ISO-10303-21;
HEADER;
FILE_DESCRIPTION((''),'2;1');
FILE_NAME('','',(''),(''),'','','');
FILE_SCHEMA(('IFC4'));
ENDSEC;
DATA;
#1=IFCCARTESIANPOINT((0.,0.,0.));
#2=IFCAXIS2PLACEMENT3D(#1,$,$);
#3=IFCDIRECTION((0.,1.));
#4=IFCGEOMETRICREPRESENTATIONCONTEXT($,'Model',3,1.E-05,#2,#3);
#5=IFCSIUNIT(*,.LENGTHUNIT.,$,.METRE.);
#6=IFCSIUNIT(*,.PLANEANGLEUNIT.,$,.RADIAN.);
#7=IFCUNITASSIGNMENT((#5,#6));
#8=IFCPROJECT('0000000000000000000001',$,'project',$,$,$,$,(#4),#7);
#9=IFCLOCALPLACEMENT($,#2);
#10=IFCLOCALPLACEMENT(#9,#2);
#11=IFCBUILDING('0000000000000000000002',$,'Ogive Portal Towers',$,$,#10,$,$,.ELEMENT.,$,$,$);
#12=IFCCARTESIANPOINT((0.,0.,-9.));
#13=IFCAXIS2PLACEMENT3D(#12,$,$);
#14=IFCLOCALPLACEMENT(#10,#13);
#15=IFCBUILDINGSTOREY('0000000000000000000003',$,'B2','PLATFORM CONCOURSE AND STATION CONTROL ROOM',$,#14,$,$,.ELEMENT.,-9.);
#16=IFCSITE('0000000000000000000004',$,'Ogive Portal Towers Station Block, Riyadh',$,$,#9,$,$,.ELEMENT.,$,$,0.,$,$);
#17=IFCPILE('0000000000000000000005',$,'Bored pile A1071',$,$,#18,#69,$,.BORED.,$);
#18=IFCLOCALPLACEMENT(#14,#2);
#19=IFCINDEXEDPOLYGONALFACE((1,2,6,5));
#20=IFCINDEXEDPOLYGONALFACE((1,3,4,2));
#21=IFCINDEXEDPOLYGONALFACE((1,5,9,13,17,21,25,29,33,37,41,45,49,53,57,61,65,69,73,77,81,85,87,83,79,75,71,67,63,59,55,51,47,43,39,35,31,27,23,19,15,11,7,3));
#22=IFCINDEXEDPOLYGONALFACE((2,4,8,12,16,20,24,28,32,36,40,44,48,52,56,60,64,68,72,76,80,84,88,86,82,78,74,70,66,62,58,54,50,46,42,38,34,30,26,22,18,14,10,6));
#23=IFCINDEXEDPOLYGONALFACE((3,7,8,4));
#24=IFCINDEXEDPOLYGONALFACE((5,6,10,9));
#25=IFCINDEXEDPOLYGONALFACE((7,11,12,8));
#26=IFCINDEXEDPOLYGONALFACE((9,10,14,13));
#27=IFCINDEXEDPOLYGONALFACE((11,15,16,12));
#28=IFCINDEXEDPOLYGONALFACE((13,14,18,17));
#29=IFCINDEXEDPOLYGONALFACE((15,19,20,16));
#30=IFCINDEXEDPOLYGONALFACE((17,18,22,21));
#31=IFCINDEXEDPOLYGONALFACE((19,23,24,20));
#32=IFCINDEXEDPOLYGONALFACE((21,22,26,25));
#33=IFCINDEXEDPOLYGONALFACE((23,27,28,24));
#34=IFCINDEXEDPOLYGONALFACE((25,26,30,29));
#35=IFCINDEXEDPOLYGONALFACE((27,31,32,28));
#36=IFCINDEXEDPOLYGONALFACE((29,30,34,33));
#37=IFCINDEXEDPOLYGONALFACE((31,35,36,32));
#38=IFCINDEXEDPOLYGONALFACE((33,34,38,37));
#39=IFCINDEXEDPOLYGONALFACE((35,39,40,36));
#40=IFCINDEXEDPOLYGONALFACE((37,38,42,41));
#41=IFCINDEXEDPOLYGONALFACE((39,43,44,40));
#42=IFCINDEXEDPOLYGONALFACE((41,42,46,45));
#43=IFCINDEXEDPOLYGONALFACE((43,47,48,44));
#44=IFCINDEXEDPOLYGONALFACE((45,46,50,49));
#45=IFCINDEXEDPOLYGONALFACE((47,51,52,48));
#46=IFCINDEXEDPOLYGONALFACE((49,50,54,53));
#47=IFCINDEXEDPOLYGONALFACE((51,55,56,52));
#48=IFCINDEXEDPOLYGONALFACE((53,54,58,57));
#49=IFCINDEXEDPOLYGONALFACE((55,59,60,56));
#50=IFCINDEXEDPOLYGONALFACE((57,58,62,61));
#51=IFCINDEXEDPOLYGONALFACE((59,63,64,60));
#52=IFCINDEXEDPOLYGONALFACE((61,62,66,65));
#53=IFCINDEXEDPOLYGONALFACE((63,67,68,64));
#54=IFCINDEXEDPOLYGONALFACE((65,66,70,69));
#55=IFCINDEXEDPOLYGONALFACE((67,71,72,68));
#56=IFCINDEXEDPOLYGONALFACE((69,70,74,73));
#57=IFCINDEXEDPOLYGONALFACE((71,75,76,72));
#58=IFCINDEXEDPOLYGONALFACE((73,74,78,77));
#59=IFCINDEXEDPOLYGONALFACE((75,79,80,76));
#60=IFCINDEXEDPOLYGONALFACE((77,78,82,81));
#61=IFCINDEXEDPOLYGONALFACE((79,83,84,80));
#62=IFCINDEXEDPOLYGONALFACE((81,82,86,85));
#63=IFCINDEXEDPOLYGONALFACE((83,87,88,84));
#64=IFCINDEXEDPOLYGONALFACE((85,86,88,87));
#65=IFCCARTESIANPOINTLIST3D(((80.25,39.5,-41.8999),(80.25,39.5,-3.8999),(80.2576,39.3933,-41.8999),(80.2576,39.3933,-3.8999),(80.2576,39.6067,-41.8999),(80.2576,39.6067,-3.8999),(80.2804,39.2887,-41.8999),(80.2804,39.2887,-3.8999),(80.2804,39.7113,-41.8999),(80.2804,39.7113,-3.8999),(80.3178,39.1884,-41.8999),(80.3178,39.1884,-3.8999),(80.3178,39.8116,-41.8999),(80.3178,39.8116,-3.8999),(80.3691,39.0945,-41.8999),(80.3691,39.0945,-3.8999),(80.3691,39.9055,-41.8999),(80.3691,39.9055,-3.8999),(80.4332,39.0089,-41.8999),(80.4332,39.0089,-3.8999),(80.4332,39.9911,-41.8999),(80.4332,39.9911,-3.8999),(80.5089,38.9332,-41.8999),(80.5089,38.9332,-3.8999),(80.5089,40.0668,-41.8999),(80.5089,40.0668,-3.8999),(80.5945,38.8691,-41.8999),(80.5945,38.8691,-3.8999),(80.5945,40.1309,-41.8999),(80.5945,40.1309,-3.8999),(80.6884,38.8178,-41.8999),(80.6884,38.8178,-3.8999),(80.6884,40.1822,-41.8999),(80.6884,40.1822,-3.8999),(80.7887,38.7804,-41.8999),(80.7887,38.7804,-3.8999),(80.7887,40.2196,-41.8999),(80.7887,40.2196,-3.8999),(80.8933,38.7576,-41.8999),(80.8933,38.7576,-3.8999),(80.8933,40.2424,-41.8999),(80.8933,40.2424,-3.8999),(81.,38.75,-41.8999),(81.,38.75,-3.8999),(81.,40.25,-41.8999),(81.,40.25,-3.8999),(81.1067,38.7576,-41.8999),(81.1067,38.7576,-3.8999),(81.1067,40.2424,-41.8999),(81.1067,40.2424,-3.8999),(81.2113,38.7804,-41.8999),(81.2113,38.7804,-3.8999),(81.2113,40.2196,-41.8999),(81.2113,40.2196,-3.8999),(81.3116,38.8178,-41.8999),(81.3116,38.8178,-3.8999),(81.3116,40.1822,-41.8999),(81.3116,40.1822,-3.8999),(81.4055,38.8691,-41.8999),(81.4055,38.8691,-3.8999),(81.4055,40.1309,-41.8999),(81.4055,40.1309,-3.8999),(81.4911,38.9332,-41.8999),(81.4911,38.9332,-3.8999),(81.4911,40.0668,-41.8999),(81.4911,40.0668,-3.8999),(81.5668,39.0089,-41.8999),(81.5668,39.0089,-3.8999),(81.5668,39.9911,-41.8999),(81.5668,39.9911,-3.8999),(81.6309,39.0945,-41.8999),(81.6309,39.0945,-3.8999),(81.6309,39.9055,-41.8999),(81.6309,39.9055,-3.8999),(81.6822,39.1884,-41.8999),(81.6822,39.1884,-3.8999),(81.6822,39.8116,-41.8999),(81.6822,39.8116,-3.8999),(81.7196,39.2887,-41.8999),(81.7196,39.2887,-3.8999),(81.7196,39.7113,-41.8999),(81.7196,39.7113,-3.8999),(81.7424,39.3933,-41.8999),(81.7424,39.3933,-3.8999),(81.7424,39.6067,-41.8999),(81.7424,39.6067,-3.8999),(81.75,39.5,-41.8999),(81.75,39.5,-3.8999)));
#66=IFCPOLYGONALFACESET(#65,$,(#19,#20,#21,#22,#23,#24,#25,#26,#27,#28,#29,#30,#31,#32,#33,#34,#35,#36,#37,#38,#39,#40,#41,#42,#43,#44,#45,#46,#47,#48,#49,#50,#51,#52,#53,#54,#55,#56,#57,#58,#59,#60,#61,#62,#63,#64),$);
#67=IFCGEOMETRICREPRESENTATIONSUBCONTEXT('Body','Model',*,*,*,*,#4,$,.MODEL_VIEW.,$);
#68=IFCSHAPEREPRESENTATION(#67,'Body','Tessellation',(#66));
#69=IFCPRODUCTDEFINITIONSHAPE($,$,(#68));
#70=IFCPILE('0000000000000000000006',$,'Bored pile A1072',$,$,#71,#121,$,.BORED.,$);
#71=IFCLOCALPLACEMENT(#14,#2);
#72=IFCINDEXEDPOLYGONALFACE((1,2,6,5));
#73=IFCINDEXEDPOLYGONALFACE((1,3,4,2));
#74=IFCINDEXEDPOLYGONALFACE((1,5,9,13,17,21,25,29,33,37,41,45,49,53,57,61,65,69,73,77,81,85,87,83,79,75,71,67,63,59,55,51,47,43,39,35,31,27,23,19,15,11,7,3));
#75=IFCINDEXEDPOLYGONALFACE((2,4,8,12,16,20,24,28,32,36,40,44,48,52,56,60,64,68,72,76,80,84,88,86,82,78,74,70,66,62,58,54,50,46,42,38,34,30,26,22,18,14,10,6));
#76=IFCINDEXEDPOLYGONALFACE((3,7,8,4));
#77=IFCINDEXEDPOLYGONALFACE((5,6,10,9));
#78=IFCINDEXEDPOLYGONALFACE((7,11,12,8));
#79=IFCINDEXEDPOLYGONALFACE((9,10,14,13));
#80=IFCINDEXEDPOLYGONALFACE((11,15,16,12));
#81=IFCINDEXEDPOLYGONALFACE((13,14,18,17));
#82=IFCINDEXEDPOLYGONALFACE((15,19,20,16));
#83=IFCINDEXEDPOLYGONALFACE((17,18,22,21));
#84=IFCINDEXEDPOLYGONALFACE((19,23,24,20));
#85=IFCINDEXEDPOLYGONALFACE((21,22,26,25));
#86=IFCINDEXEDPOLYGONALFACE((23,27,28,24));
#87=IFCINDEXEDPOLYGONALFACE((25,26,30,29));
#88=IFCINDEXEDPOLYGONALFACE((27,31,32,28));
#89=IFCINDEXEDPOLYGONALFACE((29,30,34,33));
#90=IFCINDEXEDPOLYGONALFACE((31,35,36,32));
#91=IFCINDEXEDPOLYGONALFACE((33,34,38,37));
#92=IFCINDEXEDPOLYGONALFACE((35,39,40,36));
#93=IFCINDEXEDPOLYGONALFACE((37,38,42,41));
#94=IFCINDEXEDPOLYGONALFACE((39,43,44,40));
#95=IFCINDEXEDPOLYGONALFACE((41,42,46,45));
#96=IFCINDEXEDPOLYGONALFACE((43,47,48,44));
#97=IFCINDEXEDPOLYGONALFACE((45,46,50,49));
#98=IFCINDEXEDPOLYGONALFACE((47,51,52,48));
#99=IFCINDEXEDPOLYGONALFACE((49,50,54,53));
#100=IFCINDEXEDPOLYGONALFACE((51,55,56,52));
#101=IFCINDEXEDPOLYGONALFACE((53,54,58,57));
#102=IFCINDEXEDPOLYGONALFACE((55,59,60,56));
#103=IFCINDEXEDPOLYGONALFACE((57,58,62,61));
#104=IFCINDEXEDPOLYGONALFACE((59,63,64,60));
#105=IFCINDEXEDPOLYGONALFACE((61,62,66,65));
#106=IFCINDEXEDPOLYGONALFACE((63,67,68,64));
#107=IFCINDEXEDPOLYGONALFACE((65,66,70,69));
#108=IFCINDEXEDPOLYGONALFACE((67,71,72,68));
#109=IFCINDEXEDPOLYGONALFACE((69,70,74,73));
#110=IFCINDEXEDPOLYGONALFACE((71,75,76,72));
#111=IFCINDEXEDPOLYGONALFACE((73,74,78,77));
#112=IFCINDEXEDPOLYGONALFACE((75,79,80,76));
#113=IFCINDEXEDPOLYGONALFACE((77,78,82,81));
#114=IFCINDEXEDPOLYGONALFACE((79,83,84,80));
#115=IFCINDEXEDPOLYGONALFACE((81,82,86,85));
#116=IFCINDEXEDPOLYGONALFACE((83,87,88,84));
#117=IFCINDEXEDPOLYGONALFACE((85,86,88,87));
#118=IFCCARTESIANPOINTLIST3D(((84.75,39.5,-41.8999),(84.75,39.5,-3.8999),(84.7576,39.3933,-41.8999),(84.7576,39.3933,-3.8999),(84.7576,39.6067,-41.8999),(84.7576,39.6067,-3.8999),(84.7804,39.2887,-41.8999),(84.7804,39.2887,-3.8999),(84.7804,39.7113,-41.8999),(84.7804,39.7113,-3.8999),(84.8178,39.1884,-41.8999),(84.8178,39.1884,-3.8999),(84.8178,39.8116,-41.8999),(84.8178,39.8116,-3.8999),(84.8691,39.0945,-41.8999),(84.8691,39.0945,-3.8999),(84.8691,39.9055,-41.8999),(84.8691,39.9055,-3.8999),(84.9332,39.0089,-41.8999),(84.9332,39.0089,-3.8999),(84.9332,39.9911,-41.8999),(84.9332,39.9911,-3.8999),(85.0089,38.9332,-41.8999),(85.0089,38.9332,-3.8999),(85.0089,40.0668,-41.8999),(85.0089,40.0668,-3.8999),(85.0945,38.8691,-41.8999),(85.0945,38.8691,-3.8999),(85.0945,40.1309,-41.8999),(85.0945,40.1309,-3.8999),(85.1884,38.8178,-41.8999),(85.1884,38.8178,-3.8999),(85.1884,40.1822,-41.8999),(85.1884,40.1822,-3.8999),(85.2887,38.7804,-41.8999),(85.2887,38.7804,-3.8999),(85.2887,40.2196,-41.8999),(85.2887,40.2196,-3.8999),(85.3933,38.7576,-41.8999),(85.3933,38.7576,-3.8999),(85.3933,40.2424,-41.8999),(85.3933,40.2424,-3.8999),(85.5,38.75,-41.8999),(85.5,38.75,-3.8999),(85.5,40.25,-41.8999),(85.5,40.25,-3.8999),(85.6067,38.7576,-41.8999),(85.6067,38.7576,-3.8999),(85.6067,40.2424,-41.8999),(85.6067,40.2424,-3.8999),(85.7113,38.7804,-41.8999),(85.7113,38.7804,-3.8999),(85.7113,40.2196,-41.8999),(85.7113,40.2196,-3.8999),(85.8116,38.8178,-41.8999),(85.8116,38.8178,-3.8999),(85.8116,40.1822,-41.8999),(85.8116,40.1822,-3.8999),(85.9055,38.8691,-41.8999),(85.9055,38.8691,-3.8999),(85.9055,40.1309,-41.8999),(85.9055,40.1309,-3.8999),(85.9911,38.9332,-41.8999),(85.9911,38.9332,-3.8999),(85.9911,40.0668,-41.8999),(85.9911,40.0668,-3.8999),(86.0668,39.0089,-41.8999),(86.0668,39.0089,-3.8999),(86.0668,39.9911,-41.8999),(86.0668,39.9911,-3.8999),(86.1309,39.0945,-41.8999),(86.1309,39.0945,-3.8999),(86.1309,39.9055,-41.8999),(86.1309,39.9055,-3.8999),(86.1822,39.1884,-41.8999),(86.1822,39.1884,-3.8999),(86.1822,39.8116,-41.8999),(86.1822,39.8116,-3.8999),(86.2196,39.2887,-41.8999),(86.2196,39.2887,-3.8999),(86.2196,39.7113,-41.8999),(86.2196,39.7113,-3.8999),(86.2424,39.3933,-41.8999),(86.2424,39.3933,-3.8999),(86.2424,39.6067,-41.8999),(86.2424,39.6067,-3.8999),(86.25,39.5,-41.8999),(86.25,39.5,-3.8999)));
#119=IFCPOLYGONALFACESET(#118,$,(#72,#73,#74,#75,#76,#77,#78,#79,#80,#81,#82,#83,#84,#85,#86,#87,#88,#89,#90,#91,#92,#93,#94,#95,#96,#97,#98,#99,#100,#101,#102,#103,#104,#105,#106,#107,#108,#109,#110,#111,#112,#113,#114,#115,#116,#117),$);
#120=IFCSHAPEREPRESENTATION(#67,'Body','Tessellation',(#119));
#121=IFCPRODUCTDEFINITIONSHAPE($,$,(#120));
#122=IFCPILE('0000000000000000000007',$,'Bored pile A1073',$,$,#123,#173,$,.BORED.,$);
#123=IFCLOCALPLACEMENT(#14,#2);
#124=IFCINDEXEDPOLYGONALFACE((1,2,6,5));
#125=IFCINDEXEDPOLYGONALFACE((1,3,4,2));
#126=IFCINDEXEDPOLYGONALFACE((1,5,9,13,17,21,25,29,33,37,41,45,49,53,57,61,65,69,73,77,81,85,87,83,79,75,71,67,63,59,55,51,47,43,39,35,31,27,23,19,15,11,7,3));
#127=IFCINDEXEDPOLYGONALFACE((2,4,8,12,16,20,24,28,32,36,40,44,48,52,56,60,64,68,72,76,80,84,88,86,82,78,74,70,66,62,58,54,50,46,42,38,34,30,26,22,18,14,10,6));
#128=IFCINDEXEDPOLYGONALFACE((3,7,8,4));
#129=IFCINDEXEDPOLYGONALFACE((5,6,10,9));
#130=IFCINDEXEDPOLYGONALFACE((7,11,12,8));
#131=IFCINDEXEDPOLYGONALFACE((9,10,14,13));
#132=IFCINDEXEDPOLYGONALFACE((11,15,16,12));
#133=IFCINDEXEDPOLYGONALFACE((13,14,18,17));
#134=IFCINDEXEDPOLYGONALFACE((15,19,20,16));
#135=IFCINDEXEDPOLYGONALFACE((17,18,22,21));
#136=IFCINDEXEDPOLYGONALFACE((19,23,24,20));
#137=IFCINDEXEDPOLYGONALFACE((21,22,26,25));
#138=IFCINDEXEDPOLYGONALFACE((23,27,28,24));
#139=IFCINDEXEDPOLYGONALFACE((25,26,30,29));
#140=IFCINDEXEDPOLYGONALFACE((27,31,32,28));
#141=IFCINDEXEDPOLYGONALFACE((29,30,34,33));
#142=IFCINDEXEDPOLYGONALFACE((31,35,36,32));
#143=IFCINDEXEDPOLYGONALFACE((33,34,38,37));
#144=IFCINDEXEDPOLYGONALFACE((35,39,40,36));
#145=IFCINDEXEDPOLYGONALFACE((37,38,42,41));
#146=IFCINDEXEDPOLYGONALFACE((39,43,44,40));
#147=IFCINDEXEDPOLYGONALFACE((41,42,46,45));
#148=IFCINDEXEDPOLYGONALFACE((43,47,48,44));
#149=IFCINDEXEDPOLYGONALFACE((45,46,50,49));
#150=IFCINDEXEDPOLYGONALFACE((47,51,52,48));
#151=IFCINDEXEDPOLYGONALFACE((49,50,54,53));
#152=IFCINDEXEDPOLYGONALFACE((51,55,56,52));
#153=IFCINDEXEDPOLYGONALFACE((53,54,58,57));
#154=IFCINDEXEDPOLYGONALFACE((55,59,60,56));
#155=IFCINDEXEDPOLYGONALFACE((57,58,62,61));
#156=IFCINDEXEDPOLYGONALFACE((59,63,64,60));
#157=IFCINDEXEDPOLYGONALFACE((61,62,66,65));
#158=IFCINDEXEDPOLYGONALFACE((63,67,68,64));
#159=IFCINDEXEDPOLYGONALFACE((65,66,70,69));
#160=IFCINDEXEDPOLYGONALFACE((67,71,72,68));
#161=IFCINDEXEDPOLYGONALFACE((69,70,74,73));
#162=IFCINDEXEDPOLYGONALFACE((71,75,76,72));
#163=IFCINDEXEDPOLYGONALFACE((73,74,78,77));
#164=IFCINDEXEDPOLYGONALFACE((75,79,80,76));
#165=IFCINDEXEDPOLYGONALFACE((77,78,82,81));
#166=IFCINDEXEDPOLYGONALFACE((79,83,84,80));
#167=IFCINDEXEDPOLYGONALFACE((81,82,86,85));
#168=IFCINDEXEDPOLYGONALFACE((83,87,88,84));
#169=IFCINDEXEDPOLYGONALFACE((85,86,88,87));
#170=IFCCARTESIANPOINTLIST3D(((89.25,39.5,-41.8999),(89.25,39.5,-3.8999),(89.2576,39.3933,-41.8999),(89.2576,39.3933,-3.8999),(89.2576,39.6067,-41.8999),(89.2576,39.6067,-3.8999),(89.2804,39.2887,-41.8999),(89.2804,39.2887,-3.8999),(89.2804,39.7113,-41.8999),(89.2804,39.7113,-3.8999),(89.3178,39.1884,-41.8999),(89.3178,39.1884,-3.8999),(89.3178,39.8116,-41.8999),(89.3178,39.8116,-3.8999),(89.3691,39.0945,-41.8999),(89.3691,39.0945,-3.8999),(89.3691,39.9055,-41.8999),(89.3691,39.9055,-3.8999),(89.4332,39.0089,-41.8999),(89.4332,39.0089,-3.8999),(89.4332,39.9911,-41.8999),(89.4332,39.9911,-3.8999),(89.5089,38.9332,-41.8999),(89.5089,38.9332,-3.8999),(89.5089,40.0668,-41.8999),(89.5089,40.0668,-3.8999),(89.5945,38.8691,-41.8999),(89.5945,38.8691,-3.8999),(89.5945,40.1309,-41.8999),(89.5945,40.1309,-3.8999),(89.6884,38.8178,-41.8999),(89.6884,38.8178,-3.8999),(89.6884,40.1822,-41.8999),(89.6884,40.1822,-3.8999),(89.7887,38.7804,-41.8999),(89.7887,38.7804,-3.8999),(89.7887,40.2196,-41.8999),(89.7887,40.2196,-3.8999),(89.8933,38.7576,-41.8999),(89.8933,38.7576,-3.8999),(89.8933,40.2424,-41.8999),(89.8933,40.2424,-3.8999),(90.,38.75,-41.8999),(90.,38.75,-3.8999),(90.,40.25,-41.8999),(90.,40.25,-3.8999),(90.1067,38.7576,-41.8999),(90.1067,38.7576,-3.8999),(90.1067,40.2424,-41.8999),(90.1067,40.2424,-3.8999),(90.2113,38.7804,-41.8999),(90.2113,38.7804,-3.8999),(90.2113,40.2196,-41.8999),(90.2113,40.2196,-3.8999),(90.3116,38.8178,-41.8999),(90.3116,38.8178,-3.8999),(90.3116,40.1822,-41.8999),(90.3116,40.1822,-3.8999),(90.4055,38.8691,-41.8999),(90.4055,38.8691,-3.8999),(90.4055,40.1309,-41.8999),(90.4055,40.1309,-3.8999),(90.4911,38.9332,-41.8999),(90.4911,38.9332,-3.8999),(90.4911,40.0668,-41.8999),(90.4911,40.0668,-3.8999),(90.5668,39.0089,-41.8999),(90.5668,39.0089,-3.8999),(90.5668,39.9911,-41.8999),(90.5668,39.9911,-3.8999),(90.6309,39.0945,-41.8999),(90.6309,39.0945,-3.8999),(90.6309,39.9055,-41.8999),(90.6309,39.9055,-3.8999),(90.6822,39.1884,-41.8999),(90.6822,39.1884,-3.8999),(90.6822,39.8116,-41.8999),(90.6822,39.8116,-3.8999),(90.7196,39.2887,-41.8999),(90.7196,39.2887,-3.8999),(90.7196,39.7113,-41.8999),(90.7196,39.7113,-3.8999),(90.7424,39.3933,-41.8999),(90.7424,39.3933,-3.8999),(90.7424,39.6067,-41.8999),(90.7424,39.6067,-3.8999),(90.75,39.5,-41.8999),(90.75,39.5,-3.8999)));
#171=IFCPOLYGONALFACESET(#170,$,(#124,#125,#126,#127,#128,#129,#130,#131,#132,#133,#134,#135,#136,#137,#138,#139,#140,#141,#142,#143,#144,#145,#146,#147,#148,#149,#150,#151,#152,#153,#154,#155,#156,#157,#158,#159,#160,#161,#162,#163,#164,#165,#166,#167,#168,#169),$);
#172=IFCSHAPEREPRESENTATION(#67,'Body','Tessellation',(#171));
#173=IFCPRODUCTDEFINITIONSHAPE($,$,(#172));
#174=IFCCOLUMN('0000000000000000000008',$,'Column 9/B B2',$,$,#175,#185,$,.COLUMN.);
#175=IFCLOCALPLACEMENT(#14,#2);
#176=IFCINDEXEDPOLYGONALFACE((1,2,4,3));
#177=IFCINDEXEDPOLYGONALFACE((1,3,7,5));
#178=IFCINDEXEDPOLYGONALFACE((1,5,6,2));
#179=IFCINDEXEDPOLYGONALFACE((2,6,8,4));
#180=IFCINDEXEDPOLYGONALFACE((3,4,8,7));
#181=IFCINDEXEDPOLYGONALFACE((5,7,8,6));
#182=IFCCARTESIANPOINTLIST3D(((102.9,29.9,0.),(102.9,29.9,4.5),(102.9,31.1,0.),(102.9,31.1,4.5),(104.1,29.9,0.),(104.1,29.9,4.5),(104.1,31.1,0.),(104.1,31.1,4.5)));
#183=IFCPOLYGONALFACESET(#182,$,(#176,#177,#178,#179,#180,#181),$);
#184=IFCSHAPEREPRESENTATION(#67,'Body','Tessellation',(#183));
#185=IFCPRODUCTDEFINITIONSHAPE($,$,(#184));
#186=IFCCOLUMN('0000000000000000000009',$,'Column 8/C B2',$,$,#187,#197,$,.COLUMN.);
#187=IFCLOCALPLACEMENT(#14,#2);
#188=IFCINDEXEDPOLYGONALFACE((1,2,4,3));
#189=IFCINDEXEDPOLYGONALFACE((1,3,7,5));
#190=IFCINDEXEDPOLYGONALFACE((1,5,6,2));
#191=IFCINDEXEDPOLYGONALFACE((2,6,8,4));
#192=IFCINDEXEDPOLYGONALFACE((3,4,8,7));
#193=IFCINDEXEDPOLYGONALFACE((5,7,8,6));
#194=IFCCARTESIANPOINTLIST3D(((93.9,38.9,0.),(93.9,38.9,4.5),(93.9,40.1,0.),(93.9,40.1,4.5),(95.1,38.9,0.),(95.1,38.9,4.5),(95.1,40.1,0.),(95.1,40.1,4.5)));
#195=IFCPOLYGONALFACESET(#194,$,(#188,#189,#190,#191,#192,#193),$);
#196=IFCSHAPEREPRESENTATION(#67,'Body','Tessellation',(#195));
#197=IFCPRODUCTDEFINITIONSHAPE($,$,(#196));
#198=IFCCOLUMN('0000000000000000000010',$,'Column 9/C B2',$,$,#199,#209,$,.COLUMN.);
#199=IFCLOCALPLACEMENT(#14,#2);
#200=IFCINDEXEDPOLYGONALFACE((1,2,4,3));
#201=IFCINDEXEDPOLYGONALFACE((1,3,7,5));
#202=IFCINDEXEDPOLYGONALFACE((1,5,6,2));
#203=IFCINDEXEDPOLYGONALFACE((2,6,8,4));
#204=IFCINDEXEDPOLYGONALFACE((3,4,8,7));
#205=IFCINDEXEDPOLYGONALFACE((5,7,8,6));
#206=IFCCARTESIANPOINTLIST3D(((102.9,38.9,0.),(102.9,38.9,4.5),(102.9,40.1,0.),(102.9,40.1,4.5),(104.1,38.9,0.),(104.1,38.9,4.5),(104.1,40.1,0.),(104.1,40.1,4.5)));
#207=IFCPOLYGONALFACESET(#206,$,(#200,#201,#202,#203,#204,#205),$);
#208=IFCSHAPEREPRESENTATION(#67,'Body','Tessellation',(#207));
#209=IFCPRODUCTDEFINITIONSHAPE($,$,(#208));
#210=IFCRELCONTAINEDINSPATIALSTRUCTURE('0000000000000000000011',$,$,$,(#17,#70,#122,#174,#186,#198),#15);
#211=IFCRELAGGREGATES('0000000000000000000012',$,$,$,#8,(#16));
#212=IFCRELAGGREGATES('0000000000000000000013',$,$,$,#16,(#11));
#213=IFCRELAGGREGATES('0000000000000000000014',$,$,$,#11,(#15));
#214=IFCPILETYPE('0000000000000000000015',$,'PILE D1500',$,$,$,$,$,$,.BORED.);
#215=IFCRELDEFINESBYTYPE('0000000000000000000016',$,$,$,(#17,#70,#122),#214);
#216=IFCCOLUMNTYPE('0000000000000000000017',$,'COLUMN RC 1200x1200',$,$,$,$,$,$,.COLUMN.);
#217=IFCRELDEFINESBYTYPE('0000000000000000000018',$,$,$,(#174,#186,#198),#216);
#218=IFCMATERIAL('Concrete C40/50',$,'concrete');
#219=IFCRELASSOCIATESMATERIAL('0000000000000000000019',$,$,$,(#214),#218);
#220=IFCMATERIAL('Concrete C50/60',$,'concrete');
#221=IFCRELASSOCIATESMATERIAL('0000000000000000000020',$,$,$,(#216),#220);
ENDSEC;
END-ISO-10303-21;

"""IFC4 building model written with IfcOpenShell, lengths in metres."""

from ifc_helpers import new_model, si_unit, direction, frame, origin, origin_2d, place, context, subcontext, project, spatial, rectangle, circle, extrude, material, material_profile, profile_set, type_object, element, save


model = new_model("IFC4")

# Units and contexts
model_context = context("Model", 3, precision=1e-05, world=origin(), true_north=direction((0.0, 1.0)))
body_context = subcontext(model_context, "Body", "Model", "MODEL_VIEW")
ifc_project = project(units=[si_unit("LENGTHUNIT", "METRE"), si_unit("PLANEANGLEUNIT", "RADIAN")], contexts=[model_context])

# Site, building, storey
site_placement = place(None, origin())
site = spatial("IfcSite", under=ifc_project, at=site_placement, Name="Ogive Portal Towers Station Block, Riyadh", CompositionType="ELEMENT", RefElevation=0.0)
building_placement = place(site_placement, origin())
building = spatial("IfcBuilding", under=site, at=building_placement, Name="Ogive Portal Towers", CompositionType="ELEMENT")
storey_placement = place(building_placement, frame((0.0, 0.0, -9.0)))
storey = spatial("IfcBuildingStorey", under=building, at=storey_placement, Name="B2", Description="PLATFORM CONCOURSE AND STATION CONTROL ROOM", CompositionType="ELEMENT", Elevation=-9.0)

# Piles
ifc_material_1 = material(Name="Concrete C40/50", Category="concrete")
ifc_material_profile_1 = material_profile(ifc_material_1, circle(Radius=0.75, at=origin_2d()), Name="PILE D1500")
ifc_profile_set_1 = profile_set([ifc_material_profile_1], Name="Concrete C40/50")
pile_type = type_object("IfcPileType", Name="PILE D1500", PredefinedType="BORED", material=ifc_profile_set_1)
for number, where, z_axis, x_axis, name in (
    (1, (81.0, 39.5, -3.8999), (0.0, 0.0, -1.0), (1.0, 0.0, 0.0), "Bored pile A1071"),
    (2, (85.5, 39.5, -3.8999), (0.0, 0.0, -1.0), (1.0, 0.0, 0.0), "Bored pile A1072"),
    (3, (90.0, 39.5, -3.8999), (0.0, 0.0, -1.0), (1.0, 0.0, 0.0), "Bored pile A1073"),
):
    element("IfcPile", number, at=place(storey_placement, frame(where, z_axis=z_axis, x_axis=x_axis)), inside=storey, type_object=pile_type, Name=name, PredefinedType="BORED", context=body_context, shape_type="SweptSolid", body=[
        extrude(circle(Radius=0.75, at=origin_2d()), origin(), (0.0, 0.0, 1.0), 38.0),
    ])

# Columns
ifc_material_2 = material(Name="Concrete C50/60", Category="concrete")
ifc_material_profile_2 = material_profile(ifc_material_2, rectangle(XDim=1.2, YDim=1.2, at=origin_2d()), Name="RC 1200x1200")
ifc_profile_set_2 = profile_set([ifc_material_profile_2], Name="Concrete C50/60")
column_type_1 = type_object("IfcColumnType", Name="COLUMN RC 1200x1200", PredefinedType="COLUMN", material=ifc_profile_set_2)
for number, where, z_axis, x_axis, name in (
    (4, (103.5, 30.5, 0.0), (0.0, 0.0, 1.0), (1.0, 0.0, 0.0), "Column 9/B B2"),
    (5, (94.5, 39.5, 0.0), (0.0, 0.0, 1.0), (1.0, 0.0, 0.0), "Column 8/C B2"),
    (6, (103.5, 39.5, 0.0), (0.0, 0.0, 1.0), (1.0, 0.0, 0.0), "Column 9/C B2"),
):
    element("IfcColumn", number, at=place(storey_placement, frame(where, z_axis=z_axis, x_axis=x_axis)), inside=storey, type_object=column_type_1, Name=name, PredefinedType="COLUMN", context=body_context, shape_type="SweptSolid", body=[
        extrude(rectangle(XDim=1.2, YDim=1.2, at=origin_2d()), origin(), (0.0, 0.0, 1.0), 4.5),
    ])

save(model, "model.ifc")
